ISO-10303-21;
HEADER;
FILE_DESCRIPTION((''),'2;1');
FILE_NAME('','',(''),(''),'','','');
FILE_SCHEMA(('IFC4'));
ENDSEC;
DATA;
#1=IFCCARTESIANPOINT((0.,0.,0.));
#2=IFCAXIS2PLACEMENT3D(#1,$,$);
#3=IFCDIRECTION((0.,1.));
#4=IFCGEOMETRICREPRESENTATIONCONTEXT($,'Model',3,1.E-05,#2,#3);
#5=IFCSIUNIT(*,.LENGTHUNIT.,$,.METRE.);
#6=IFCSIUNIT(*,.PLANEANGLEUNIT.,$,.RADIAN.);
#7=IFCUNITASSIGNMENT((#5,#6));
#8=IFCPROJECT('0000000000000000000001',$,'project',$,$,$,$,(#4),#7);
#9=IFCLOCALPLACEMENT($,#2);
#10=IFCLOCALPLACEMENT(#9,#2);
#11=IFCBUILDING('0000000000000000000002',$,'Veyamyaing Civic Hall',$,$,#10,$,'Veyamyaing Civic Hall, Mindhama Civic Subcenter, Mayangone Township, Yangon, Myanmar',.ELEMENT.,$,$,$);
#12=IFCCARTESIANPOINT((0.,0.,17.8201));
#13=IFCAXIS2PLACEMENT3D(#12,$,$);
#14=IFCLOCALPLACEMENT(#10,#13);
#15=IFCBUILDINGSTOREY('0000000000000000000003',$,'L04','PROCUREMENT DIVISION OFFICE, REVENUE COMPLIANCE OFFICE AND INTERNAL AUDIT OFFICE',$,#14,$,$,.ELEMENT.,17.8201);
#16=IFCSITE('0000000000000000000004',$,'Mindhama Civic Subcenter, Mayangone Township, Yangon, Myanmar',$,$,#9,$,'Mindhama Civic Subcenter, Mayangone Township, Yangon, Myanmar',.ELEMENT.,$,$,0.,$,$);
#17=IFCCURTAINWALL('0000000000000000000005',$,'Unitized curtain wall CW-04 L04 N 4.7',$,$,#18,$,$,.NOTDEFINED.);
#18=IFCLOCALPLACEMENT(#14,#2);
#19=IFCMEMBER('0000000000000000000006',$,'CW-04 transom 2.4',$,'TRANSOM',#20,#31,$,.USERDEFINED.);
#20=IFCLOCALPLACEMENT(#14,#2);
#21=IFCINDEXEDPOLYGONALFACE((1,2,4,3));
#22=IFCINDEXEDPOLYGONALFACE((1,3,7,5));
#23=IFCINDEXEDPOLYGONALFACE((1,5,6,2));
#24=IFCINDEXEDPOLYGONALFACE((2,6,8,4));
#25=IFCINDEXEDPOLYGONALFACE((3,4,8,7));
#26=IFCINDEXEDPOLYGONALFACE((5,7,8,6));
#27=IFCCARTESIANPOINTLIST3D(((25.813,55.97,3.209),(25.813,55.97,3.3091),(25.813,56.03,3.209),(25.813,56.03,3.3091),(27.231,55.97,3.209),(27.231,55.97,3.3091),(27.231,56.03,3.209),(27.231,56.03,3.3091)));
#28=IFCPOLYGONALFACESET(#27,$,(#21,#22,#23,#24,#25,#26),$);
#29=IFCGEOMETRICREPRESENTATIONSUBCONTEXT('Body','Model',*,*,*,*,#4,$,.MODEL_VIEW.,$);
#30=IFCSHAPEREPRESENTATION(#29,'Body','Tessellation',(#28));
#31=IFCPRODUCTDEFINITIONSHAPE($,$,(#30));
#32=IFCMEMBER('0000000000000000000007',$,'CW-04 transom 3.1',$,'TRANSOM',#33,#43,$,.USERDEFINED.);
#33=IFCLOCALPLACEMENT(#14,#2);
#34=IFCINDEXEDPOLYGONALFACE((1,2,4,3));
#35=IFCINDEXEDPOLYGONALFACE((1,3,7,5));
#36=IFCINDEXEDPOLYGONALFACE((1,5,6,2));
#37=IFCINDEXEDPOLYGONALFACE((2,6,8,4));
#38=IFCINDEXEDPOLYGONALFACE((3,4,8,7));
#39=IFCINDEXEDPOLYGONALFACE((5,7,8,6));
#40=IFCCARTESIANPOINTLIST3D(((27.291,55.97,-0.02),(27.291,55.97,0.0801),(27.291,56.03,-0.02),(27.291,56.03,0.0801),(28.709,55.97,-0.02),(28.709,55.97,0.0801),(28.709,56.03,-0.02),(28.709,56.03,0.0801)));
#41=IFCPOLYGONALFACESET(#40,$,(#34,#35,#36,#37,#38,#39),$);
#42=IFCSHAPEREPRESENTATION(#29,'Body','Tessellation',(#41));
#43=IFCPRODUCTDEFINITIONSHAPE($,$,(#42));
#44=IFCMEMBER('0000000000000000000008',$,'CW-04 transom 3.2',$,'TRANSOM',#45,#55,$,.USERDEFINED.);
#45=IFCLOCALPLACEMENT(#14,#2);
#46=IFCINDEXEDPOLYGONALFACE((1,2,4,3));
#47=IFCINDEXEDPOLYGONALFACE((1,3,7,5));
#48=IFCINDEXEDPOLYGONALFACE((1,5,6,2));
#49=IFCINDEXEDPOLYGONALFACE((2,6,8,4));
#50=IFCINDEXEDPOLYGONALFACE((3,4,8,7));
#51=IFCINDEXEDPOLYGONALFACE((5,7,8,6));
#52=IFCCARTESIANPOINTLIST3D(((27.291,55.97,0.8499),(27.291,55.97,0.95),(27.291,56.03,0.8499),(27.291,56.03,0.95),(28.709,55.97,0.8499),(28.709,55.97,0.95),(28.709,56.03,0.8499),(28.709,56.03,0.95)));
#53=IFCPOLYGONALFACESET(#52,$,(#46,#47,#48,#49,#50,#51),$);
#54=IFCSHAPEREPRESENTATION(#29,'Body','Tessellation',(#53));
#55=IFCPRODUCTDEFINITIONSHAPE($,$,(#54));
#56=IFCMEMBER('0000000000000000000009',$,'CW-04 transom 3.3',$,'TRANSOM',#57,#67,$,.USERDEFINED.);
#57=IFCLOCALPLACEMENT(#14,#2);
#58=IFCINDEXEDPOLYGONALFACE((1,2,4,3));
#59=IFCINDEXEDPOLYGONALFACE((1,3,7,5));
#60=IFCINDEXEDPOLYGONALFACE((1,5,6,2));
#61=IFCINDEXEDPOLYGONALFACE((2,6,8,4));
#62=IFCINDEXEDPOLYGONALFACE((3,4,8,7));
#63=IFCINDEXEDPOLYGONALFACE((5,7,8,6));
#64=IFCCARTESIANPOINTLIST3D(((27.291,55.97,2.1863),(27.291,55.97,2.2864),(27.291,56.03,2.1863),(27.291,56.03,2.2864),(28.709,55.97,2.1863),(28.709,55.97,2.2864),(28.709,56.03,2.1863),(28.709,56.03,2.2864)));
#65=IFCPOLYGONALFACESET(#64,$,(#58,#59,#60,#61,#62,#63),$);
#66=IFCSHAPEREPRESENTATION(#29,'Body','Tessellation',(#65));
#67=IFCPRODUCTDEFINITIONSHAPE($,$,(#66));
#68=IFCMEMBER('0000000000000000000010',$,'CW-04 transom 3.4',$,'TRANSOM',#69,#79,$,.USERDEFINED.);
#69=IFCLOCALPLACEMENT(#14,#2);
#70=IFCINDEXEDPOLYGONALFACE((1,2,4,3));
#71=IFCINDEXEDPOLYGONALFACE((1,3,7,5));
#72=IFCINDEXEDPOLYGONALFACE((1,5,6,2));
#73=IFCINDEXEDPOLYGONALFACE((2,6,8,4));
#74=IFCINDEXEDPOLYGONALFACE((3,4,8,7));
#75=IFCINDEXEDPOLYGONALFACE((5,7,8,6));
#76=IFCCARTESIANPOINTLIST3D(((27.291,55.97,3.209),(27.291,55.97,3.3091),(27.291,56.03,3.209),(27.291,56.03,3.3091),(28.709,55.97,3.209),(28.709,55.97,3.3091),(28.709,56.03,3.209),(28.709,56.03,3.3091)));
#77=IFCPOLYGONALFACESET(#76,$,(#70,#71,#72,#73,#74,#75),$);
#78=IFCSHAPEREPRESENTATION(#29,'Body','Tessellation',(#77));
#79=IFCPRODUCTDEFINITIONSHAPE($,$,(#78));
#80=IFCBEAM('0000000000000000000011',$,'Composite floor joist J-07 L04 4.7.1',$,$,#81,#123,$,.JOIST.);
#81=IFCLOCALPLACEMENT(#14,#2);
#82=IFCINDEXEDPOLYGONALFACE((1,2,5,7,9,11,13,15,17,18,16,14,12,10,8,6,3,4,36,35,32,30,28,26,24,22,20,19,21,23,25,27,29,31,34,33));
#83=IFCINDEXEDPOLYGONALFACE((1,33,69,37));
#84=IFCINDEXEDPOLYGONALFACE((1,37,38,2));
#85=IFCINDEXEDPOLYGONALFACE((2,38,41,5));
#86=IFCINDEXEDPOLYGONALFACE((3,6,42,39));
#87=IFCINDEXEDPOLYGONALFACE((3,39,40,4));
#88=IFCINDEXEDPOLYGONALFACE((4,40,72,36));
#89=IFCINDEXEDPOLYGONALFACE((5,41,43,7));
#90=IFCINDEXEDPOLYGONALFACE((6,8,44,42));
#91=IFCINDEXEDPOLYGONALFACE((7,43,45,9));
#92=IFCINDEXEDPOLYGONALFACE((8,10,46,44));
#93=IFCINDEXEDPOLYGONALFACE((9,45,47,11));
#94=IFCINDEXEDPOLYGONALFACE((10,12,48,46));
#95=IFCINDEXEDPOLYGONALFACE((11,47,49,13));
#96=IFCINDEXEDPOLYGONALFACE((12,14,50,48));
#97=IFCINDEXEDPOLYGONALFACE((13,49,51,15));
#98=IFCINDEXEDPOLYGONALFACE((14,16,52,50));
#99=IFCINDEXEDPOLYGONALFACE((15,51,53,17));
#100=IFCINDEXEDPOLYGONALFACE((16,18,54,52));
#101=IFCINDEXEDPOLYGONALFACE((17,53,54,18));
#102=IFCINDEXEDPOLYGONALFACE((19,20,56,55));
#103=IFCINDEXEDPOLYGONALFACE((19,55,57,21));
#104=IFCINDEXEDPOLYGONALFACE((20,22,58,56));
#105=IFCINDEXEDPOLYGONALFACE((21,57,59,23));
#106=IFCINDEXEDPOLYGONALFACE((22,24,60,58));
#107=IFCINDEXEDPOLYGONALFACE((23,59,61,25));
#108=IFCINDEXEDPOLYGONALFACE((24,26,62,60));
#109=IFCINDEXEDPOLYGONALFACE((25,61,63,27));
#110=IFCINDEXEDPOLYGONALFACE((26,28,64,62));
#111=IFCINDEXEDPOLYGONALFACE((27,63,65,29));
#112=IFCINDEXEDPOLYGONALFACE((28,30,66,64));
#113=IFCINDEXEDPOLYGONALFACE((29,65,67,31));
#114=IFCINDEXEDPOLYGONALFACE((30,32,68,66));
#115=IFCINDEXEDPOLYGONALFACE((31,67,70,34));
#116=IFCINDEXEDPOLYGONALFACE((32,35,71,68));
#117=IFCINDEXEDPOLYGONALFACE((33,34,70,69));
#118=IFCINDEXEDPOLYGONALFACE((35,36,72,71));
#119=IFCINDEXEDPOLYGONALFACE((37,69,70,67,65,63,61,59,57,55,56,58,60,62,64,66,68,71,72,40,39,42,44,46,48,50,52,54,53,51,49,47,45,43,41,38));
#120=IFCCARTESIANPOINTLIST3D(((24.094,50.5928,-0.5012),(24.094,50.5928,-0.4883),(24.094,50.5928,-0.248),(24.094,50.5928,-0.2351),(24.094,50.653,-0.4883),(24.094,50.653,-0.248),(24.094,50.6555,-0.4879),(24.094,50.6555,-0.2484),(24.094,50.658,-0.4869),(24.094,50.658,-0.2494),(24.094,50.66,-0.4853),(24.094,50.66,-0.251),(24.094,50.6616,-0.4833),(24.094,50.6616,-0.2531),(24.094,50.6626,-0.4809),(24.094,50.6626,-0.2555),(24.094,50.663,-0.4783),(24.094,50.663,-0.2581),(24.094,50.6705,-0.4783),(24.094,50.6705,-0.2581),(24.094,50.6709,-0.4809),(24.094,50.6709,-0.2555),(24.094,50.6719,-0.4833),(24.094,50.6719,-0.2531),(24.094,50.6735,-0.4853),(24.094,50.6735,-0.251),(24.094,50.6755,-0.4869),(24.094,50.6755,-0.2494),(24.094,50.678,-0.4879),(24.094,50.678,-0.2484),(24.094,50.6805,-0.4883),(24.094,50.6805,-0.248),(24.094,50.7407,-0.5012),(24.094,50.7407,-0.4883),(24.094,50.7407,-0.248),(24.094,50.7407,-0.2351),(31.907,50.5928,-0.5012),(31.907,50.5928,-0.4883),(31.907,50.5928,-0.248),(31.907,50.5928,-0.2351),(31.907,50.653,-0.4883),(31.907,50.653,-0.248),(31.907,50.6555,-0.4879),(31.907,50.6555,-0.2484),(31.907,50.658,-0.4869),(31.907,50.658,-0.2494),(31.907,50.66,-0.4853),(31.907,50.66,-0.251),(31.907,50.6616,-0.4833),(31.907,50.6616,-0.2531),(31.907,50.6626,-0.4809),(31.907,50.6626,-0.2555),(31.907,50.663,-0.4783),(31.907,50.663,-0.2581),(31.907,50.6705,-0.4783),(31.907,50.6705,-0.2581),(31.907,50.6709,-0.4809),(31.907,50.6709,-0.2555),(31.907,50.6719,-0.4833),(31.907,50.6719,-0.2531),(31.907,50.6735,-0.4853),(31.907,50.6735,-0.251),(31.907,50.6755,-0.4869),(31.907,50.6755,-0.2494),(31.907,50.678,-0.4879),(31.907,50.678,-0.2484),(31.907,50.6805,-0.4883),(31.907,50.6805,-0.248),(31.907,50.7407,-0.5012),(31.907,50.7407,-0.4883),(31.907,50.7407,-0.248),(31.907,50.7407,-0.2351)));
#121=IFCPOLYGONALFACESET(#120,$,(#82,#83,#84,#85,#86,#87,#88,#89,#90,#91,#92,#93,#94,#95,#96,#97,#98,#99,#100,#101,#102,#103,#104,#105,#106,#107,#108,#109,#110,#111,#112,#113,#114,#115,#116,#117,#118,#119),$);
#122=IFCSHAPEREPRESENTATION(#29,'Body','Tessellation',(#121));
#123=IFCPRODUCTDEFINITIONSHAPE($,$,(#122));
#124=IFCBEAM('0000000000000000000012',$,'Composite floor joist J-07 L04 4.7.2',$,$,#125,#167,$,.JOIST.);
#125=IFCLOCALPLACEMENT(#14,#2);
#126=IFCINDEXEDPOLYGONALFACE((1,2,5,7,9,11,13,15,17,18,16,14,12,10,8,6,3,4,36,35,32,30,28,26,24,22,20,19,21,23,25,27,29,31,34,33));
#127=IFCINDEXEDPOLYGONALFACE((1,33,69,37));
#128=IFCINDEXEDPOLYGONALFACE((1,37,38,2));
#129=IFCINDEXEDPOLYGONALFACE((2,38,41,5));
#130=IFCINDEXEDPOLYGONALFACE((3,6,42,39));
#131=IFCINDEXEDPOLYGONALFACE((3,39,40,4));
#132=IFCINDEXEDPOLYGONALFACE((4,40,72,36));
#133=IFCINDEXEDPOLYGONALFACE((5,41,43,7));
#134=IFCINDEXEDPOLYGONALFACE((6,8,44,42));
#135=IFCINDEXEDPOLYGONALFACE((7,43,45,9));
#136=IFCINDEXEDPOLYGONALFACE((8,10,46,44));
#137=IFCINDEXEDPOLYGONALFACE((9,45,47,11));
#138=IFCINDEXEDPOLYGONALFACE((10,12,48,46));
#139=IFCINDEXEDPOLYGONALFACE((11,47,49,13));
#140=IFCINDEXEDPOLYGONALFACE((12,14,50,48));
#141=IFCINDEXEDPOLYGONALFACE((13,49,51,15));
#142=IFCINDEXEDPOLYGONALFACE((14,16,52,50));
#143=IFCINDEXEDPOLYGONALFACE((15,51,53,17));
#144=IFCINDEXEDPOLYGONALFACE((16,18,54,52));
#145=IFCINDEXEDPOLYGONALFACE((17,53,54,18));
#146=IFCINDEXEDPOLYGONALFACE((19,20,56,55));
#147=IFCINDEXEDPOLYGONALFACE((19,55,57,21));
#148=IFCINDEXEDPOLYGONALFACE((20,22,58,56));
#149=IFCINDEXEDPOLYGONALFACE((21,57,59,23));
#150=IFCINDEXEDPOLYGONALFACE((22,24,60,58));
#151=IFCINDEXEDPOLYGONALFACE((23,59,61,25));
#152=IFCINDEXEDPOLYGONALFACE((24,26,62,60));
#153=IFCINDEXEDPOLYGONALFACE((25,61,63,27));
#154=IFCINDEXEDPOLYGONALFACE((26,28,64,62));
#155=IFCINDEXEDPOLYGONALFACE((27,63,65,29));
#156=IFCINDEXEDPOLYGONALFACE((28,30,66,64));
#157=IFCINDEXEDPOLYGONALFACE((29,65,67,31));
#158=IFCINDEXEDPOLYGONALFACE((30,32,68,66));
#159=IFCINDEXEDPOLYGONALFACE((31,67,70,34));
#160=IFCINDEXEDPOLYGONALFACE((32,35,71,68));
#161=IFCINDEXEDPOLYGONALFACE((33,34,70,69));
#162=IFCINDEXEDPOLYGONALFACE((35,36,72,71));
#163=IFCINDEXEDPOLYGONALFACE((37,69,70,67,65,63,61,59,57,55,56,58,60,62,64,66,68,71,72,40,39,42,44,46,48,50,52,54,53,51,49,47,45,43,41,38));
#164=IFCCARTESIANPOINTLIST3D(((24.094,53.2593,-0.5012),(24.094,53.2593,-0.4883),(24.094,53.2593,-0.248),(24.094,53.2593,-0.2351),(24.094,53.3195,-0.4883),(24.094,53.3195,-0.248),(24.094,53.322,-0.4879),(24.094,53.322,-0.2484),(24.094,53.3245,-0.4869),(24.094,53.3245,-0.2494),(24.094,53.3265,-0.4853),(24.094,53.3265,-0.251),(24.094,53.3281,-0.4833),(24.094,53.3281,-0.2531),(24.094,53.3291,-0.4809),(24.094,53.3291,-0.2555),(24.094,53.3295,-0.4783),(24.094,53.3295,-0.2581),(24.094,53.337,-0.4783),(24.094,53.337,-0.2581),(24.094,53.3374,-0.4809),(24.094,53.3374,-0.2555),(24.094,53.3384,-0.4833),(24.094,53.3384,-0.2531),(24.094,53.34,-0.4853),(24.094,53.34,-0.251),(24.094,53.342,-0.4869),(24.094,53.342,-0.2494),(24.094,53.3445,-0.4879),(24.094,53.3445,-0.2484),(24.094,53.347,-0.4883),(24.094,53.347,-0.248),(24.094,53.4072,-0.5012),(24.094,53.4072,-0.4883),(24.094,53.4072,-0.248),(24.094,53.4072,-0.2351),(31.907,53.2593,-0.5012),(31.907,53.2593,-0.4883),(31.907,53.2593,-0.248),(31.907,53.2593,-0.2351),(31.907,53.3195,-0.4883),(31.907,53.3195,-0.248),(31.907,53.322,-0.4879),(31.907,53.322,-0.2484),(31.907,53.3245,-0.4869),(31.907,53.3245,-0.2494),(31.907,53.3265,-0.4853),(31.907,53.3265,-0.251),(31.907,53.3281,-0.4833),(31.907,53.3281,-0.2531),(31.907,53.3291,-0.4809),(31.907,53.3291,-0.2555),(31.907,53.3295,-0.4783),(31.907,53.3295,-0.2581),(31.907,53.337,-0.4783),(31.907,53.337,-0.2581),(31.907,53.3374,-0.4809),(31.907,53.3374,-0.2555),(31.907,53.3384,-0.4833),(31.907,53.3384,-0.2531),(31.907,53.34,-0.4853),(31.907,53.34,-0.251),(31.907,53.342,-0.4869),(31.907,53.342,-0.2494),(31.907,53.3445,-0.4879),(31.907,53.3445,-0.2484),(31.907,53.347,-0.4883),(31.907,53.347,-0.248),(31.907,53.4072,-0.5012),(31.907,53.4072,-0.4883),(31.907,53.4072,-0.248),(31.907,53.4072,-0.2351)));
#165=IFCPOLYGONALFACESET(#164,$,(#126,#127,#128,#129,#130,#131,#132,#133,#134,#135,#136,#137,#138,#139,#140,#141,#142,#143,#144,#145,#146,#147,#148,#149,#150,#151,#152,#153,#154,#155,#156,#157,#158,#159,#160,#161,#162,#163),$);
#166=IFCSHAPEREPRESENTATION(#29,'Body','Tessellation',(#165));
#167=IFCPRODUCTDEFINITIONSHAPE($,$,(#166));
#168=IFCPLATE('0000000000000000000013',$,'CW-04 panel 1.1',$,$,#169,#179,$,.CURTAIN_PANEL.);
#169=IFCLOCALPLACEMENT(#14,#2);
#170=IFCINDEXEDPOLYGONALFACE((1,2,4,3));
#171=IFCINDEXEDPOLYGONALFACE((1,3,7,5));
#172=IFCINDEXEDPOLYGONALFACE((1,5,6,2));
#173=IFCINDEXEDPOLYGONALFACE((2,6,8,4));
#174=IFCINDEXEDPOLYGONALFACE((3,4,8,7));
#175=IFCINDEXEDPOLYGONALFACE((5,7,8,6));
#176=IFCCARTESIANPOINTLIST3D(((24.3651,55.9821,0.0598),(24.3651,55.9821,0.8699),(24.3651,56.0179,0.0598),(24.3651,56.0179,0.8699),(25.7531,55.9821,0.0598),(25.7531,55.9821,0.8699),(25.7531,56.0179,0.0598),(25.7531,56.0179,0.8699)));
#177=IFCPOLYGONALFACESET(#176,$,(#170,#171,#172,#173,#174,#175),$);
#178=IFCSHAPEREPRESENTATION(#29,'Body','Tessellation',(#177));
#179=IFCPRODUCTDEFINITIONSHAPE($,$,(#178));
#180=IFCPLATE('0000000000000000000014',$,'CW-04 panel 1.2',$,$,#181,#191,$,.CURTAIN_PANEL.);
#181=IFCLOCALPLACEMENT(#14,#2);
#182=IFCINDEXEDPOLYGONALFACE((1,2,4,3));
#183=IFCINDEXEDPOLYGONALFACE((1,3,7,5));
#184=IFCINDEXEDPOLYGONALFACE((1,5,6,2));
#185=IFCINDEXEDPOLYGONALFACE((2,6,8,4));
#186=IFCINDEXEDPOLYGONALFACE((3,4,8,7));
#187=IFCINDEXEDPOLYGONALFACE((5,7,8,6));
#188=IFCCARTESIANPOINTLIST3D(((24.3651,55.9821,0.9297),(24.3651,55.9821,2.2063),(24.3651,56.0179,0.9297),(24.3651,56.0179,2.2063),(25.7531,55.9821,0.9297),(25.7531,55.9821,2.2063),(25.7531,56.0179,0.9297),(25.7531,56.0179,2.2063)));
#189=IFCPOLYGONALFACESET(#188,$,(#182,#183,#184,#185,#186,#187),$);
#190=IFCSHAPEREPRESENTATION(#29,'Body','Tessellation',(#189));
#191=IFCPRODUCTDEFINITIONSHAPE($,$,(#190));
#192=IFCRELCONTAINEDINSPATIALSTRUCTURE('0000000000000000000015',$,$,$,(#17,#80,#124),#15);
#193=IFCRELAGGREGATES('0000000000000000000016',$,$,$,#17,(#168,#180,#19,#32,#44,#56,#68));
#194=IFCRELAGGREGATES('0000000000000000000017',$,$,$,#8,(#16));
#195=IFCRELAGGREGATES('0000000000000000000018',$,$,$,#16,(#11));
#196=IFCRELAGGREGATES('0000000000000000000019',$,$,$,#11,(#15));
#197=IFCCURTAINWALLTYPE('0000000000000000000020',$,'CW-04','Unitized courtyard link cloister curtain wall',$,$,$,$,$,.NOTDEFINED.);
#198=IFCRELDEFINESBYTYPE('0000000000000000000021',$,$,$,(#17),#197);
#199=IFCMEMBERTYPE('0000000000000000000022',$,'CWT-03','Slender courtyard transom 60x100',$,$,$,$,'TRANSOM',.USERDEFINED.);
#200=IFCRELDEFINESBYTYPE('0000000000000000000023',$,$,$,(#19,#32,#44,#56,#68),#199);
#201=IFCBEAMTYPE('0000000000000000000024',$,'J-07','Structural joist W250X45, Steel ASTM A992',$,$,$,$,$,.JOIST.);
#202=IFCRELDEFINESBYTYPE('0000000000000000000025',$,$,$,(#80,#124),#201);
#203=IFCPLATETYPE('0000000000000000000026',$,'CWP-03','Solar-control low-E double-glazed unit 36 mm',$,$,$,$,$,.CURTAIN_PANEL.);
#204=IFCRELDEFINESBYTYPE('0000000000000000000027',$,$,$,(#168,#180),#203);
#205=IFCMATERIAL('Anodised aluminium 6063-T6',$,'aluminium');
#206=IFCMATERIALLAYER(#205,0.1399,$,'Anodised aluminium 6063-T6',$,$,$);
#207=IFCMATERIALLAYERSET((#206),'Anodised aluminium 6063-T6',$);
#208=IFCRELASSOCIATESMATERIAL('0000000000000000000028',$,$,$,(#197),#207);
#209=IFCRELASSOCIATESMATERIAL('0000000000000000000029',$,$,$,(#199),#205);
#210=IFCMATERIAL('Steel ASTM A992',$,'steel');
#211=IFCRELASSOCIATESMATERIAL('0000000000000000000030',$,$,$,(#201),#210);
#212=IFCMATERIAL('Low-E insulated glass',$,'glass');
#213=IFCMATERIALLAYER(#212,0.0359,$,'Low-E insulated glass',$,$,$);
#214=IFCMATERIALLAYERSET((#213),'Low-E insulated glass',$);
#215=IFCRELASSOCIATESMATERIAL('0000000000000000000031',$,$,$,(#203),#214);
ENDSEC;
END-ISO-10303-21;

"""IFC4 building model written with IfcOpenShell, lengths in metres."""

from ifc_helpers import new_model, si_unit, direction, frame, origin, origin_2d, place, context, subcontext, project, spatial, rectangle, i_section, extrude, material, layer, layer_set, material_profile, profile_set, type_object, element, aggregate, save


model = new_model("IFC4")

# Units and contexts
model_context = context("Model", 3, precision=1e-05, world=origin(), true_north=direction((0.0, 1.0)))
body_context = subcontext(model_context, "Body", "Model", "MODEL_VIEW")
ifc_project = project(units=[si_unit("LENGTHUNIT", "METRE"), si_unit("PLANEANGLEUNIT", "RADIAN")], contexts=[model_context])

# Site, building, storey
site_placement = place(None, origin())
site = spatial("IfcSite", under=ifc_project, at=site_placement, Name="Mindhama Civic Subcenter, Mayangone Township, Yangon, Myanmar", LongName="Mindhama Civic Subcenter, Mayangone Township, Yangon, Myanmar", CompositionType="ELEMENT", RefElevation=0.0)
building_placement = place(site_placement, origin())
building = spatial("IfcBuilding", under=site, at=building_placement, Name="Veyamyaing Civic Hall", LongName="Veyamyaing Civic Hall, Mindhama Civic Subcenter, Mayangone Township, Yangon, Myanmar", CompositionType="ELEMENT")
storey_placement = place(building_placement, frame((0.0, 0.0, 17.8201)))
storey = spatial("IfcBuildingStorey", under=building, at=storey_placement, Name="L04", Description="PROCUREMENT DIVISION OFFICE, REVENUE COMPLIANCE OFFICE AND INTERNAL AUDIT OFFICE", CompositionType="ELEMENT", Elevation=17.8201)

# Shared definitions
ifc_material_1 = material(Name="Steel ASTM A992", Category="steel")

# Curtain wall, members
ifc_material_2 = material(Name="Anodised aluminium 6063-T6", Category="aluminium")
ifc_layer_1 = layer(ifc_material_2, 0.1399, Name="Anodised aluminium 6063-T6")
ifc_layer_set_1 = layer_set([ifc_layer_1], Name="Anodised aluminium 6063-T6")
curtain_wall_type = type_object("IfcCurtainWallType", Name="CW-04", Description="Unitized courtyard link cloister curtain wall", PredefinedType="NOTDEFINED", material=ifc_layer_set_1)
curtain_wall_placement = place(storey_placement, origin())
curtain_wall = element("IfcCurtainWall", 1, at=curtain_wall_placement, inside=storey, type_object=curtain_wall_type, Name="Unitized curtain wall CW-04 L04 N 4.7", PredefinedType="NOTDEFINED")
ifc_material_profile_1 = material_profile(ifc_material_2, rectangle(XDim=0.0601, YDim=0.1001, at=origin_2d()), Name="ALU-TRN-60X100")
ifc_profile_set_1 = profile_set([ifc_material_profile_1], Name="Anodised aluminium 6063-T6")
member_type_1 = type_object("IfcMemberType", Name="CWT-03", Description="Slender courtyard transom 60x100", ElementType="TRANSOM", PredefinedType="USERDEFINED", material=ifc_profile_set_1)
member_1_placement = place(storey_placement, frame((25.813, 56.0, 3.259), z_axis=(1.0, 0.0, 0.0), x_axis=(0.0, 1.0, 0.0)))
member_1 = element("IfcMember", 2, at=member_1_placement, type_object=member_type_1, Name="CW-04 transom 2.4", ObjectType="TRANSOM", PredefinedType="USERDEFINED", context=body_context, shape_type="SweptSolid", body=[
    extrude(rectangle(XDim=0.0601, YDim=0.1001, at=origin_2d()), origin(), (0.0, 0.0, 1.0), 1.418),
])
member_2_placement = place(storey_placement, frame((27.291, 56.0, 0.03), z_axis=(1.0, 0.0, 0.0), x_axis=(0.0, 1.0, 0.0)))
member_2 = element("IfcMember", 3, at=member_2_placement, type_object=member_type_1, Name="CW-04 transom 3.1", ObjectType="TRANSOM", PredefinedType="USERDEFINED", context=body_context, shape_type="SweptSolid", body=[
    extrude(rectangle(XDim=0.0601, YDim=0.1001, at=origin_2d()), origin(), (0.0, 0.0, 1.0), 1.418),
])
member_3_placement = place(storey_placement, frame((27.291, 56.0, 0.8999), z_axis=(1.0, 0.0, 0.0), x_axis=(0.0, 1.0, 0.0)))
member_3 = element("IfcMember", 4, at=member_3_placement, type_object=member_type_1, Name="CW-04 transom 3.2", ObjectType="TRANSOM", PredefinedType="USERDEFINED", context=body_context, shape_type="SweptSolid", body=[
    extrude(rectangle(XDim=0.0601, YDim=0.1001, at=origin_2d()), origin(), (0.0, 0.0, 1.0), 1.418),
])
member_4_placement = place(storey_placement, frame((27.291, 56.0, 2.2363), z_axis=(1.0, 0.0, 0.0), x_axis=(0.0, 1.0, 0.0)))
member_4 = element("IfcMember", 5, at=member_4_placement, type_object=member_type_1, Name="CW-04 transom 3.3", ObjectType="TRANSOM", PredefinedType="USERDEFINED", context=body_context, shape_type="SweptSolid", body=[
    extrude(rectangle(XDim=0.0601, YDim=0.1001, at=origin_2d()), origin(), (0.0, 0.0, 1.0), 1.418),
])
member_5_placement = place(storey_placement, frame((27.291, 56.0, 3.259), z_axis=(1.0, 0.0, 0.0), x_axis=(0.0, 1.0, 0.0)))
member_5 = element("IfcMember", 6, at=member_5_placement, type_object=member_type_1, Name="CW-04 transom 3.4", ObjectType="TRANSOM", PredefinedType="USERDEFINED", context=body_context, shape_type="SweptSolid", body=[
    extrude(rectangle(XDim=0.0601, YDim=0.1001, at=origin_2d()), origin(), (0.0, 0.0, 1.0), 1.418),
])

# Beams
ifc_material_profile_2 = material_profile(ifc_material_1, i_section(OverallWidth=0.1479, OverallDepth=0.2661, WebThickness=0.0076, FlangeThickness=0.0129, FilletRadius=0.01, at=origin_2d()), Name="W250X45")
ifc_profile_set_2 = profile_set([ifc_material_profile_2], Name="Steel ASTM A992")
beam_type_1 = type_object("IfcBeamType", Name="J-07", Description="Structural joist W250X45, Steel ASTM A992", PredefinedType="JOIST", material=ifc_profile_set_2)
for number, where, z_axis, x_axis, name in (
    (7, (24.094, 50.6667, -0.3682), (1.0, 0.0, 0.0), (0.0, 1.0, 0.0), "Composite floor joist J-07 L04 4.7.1"),
    (8, (24.094, 53.3333, -0.3682), (1.0, 0.0, 0.0), (0.0, 1.0, 0.0), "Composite floor joist J-07 L04 4.7.2"),
):
    element("IfcBeam", number, at=place(storey_placement, frame(where, z_axis=z_axis, x_axis=x_axis)), inside=storey, type_object=beam_type_1, Name=name, PredefinedType="JOIST", context=body_context, shape_type="SweptSolid", body=[
        extrude(i_section(OverallWidth=0.1479, OverallDepth=0.2661, WebThickness=0.0076, FlangeThickness=0.0129, FilletRadius=0.01, at=origin_2d()), origin(), (0.0, 0.0, 1.0), 7.813),
    ])

# Plates
ifc_material_3 = material(Name="Low-E insulated glass", Category="glass")
ifc_layer_2 = layer(ifc_material_3, 0.0359, Name="Low-E insulated glass")
ifc_layer_set_2 = layer_set([ifc_layer_2], Name="Low-E insulated glass")
plate_type = type_object("IfcPlateType", Name="CWP-03", Description="Solar-control low-E double-glazed unit 36 mm", PredefinedType="CURTAIN_PANEL", material=ifc_layer_set_2)
plate_1_placement = place(storey_placement, frame((25.0591, 56.0, 0.0598), z_axis=(0.0, 0.0, 1.0), x_axis=(1.0, 0.0, 0.0)))
plate_1 = element("IfcPlate", 9, at=plate_1_placement, type_object=plate_type, Name="CW-04 panel 1.1", PredefinedType="CURTAIN_PANEL", context=body_context, shape_type="SweptSolid", body=[
    extrude(rectangle(XDim=1.3879, YDim=0.0359, at=origin_2d()), origin(), (0.0, 0.0, 1.0), 0.8101),
])
plate_2_placement = place(storey_placement, frame((25.0591, 56.0, 0.9297), z_axis=(0.0, 0.0, 1.0), x_axis=(1.0, 0.0, 0.0)))
plate_2 = element("IfcPlate", 10, at=plate_2_placement, type_object=plate_type, Name="CW-04 panel 1.2", PredefinedType="CURTAIN_PANEL", context=body_context, shape_type="SweptSolid", body=[
    extrude(rectangle(XDim=1.3879, YDim=0.0359, at=origin_2d()), origin(), (0.0, 0.0, 1.0), 1.2766),
])
aggregate(curtain_wall, [plate_1, plate_2, member_1, member_2, member_3, member_4, member_5])

save(model, "model.ifc")
